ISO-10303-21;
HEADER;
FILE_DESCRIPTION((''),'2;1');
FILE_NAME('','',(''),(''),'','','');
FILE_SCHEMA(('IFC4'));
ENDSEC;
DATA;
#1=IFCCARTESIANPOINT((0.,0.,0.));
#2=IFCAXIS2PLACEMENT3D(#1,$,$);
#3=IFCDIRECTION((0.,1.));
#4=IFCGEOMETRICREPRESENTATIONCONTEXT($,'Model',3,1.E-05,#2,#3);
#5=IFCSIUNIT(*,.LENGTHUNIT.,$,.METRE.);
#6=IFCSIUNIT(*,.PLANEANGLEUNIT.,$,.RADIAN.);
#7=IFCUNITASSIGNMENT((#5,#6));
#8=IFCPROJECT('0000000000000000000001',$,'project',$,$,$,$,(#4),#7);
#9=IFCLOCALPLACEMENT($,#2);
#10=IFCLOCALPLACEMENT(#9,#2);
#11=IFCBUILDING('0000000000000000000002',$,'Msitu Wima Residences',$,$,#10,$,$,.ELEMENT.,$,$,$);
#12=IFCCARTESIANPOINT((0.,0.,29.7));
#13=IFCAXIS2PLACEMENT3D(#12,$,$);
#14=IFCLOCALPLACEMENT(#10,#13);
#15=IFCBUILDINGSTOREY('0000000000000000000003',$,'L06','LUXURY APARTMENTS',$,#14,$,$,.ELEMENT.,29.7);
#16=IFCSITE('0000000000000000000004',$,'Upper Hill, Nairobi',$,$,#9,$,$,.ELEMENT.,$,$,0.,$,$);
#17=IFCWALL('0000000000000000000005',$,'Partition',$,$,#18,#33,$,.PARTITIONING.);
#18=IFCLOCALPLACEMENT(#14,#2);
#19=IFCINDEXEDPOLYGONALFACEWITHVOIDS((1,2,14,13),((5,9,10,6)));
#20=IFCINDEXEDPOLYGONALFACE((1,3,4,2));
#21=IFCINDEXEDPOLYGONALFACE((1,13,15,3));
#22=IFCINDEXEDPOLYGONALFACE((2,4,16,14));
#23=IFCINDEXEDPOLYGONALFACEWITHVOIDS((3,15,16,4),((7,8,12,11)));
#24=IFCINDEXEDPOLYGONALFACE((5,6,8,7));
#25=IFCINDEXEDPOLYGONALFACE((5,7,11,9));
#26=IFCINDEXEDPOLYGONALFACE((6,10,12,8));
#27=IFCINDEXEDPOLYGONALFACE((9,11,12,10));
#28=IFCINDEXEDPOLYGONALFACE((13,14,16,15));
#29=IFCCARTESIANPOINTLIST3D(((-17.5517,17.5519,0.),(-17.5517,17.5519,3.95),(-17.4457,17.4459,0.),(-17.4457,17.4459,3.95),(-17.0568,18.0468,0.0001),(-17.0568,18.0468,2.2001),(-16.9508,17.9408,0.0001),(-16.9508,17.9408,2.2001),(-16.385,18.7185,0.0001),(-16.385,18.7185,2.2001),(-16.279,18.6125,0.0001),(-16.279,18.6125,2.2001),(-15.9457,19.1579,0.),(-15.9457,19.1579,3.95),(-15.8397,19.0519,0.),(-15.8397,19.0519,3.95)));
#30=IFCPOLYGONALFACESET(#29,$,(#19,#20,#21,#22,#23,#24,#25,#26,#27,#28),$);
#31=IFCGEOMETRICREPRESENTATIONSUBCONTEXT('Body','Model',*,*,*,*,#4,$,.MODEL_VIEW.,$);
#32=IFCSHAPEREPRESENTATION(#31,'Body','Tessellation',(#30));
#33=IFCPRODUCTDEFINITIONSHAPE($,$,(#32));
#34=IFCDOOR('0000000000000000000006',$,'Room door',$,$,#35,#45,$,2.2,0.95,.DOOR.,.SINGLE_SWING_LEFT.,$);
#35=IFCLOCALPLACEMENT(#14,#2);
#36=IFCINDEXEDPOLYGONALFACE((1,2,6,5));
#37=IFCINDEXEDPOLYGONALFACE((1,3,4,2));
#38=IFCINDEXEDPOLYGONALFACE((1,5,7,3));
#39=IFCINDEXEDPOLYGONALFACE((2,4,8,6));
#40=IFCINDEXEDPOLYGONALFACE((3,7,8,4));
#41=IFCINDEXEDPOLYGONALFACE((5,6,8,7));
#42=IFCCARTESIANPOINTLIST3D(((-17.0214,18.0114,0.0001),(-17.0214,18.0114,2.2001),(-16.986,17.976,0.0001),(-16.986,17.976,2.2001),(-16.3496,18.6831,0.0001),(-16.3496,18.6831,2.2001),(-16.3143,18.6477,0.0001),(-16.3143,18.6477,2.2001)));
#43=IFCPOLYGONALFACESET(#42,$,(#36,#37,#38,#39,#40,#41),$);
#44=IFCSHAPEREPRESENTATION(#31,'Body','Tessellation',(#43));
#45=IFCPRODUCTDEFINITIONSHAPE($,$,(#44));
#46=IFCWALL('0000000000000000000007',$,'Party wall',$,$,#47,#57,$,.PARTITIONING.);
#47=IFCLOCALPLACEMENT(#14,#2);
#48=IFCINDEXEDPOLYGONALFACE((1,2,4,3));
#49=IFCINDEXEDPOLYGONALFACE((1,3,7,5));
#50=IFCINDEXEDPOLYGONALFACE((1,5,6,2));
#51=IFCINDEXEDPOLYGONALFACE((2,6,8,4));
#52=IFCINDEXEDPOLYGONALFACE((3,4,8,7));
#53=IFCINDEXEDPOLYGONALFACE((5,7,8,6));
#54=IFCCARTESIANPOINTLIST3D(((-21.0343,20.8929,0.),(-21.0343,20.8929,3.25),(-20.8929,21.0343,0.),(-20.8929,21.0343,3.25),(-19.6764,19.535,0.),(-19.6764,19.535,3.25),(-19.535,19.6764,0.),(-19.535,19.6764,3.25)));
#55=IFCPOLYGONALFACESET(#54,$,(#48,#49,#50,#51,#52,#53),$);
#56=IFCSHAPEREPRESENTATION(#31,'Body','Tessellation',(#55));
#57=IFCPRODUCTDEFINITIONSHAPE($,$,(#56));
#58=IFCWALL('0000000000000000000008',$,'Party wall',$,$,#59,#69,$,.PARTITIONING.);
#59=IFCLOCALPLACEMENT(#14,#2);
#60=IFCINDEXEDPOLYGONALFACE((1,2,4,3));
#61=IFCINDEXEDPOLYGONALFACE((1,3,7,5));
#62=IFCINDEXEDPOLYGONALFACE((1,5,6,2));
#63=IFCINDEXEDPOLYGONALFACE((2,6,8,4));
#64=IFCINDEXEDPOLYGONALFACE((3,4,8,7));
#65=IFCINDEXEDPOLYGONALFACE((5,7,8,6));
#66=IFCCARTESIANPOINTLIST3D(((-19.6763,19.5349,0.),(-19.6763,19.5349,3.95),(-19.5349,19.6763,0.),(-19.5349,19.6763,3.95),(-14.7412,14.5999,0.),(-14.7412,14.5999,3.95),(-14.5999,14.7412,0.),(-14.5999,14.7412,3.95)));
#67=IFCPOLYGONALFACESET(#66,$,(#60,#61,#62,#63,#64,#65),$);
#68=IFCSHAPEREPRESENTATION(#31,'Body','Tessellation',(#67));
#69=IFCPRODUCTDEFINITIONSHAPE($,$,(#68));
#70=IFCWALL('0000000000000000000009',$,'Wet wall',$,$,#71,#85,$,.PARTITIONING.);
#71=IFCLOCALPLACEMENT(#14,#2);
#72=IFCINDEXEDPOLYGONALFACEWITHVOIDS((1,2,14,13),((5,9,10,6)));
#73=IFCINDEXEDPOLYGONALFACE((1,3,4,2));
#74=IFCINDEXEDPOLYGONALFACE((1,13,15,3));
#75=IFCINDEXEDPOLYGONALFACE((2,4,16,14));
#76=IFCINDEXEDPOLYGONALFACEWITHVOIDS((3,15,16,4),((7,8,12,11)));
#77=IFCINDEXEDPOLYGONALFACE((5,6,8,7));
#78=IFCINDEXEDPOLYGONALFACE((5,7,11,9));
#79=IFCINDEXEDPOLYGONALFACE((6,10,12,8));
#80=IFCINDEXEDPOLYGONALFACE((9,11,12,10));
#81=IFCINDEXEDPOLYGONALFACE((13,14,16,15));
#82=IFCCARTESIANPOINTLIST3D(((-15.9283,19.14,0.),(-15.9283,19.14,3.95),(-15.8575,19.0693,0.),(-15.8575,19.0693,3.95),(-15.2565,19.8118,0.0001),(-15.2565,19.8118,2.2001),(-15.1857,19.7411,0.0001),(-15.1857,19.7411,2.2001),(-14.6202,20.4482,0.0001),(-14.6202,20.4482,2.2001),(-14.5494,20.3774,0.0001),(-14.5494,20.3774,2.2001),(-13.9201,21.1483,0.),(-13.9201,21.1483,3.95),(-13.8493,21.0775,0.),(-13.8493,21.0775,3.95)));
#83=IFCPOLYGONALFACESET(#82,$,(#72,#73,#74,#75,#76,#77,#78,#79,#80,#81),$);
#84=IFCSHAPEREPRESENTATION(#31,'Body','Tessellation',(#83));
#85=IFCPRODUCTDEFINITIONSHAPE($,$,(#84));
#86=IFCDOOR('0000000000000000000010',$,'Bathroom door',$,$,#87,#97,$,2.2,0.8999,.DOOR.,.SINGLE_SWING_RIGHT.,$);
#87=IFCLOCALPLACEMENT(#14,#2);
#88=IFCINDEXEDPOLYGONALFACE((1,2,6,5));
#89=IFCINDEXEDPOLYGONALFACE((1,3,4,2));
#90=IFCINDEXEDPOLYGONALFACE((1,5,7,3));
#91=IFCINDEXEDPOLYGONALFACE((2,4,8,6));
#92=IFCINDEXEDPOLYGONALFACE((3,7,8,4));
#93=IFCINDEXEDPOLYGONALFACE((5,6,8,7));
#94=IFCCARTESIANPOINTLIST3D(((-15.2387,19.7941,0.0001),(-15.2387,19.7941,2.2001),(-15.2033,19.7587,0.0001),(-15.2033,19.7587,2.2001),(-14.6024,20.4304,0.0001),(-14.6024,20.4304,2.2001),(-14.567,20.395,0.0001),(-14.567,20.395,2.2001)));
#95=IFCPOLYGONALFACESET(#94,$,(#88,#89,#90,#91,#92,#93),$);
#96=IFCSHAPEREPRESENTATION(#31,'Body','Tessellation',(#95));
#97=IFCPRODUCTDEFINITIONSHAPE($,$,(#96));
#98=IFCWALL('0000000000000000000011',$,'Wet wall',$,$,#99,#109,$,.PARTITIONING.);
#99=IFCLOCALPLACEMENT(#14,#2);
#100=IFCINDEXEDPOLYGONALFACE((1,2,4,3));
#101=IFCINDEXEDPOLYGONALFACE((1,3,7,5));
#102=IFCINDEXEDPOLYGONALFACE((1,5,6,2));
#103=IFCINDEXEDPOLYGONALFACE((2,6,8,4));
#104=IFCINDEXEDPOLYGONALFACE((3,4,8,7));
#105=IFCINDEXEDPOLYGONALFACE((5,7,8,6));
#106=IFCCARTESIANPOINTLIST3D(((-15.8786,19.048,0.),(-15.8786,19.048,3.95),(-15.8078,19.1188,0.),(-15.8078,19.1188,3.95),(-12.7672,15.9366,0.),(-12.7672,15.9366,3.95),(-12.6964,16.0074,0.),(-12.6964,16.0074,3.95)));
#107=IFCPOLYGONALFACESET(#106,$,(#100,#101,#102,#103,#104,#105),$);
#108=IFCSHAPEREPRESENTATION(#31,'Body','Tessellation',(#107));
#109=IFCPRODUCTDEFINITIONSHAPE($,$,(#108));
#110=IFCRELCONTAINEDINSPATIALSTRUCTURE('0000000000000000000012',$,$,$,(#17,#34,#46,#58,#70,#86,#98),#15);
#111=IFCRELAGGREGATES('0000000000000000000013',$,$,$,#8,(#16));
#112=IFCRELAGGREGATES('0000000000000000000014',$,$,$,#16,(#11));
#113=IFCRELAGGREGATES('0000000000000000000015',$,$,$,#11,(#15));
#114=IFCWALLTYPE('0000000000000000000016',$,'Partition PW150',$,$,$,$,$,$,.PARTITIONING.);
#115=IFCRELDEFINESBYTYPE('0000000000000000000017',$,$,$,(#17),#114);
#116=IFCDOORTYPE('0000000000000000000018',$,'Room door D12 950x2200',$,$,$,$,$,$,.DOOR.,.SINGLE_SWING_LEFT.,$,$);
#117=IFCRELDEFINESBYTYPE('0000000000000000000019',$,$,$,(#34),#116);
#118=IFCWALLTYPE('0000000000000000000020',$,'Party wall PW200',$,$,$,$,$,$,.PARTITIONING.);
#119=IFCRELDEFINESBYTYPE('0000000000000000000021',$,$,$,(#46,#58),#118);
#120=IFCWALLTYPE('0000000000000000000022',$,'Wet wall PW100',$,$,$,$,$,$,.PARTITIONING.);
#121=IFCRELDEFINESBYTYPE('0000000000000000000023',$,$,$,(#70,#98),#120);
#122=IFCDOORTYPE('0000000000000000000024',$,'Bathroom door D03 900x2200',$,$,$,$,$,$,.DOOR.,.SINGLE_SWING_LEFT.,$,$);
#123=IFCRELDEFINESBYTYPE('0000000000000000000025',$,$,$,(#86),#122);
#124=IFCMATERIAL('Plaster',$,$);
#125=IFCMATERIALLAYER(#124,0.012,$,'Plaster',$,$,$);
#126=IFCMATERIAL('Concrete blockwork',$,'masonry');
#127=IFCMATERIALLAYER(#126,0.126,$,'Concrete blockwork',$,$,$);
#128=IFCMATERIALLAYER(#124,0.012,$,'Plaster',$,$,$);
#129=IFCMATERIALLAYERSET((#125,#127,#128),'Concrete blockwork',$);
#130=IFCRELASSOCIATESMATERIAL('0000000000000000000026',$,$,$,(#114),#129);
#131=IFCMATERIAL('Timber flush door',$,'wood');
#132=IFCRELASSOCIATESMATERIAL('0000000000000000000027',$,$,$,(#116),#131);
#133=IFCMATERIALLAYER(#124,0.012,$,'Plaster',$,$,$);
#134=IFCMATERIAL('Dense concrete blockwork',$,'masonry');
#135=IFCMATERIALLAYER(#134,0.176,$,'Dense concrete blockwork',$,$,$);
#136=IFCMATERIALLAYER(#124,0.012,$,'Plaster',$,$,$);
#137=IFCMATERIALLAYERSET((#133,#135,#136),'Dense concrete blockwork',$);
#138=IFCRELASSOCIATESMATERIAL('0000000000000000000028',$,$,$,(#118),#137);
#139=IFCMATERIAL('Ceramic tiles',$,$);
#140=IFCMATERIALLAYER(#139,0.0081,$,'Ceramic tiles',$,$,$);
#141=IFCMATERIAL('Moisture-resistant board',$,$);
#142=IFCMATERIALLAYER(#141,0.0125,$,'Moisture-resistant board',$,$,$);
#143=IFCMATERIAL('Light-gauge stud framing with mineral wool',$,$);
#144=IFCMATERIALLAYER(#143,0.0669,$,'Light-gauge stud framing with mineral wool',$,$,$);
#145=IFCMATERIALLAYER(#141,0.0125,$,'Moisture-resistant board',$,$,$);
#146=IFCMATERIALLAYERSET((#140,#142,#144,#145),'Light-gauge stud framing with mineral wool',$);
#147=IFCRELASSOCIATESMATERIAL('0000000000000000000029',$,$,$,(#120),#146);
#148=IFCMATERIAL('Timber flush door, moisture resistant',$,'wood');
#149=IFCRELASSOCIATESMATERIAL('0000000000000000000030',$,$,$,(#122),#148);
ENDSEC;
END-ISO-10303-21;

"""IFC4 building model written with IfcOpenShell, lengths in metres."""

from ifc_helpers import new_model, si_unit, direction, frame, frame_2d, origin, place, context, subcontext, project, spatial, rectangle, extrude, material, layer, layer_set, type_object, element, fill, save


model = new_model("IFC4")

# Units and contexts
model_context = context("Model", 3, precision=1e-05, world=origin(), true_north=direction((0.0, 1.0)))
body_context = subcontext(model_context, "Body", "Model", "MODEL_VIEW")
ifc_project = project(units=[si_unit("LENGTHUNIT", "METRE"), si_unit("PLANEANGLEUNIT", "RADIAN")], contexts=[model_context])

# Site, building, storey
site_placement = place(None, origin())
site = spatial("IfcSite", under=ifc_project, at=site_placement, Name="Upper Hill, Nairobi", CompositionType="ELEMENT", RefElevation=0.0)
building_placement = place(site_placement, origin())
building = spatial("IfcBuilding", under=site, at=building_placement, Name="Msitu Wima Residences", CompositionType="ELEMENT")
storey_placement = place(building_placement, frame((0.0, 0.0, 29.7)))
storey = spatial("IfcBuildingStorey", under=building, at=storey_placement, Name="L06", Description="LUXURY APARTMENTS", CompositionType="ELEMENT", Elevation=29.7)

# Shared definitions
ifc_material_1 = material(Name="Plaster")
ifc_material_2 = material(Name="Concrete blockwork", Category="masonry")

# Shared definitions
ifc_layer_1 = layer(ifc_material_1, 0.012, Name="Plaster")
ifc_layer_2 = layer(ifc_material_2, 0.126, Name="Concrete blockwork")
ifc_layer_3 = layer(ifc_material_1, 0.012, Name="Plaster")
ifc_layer_set_1 = layer_set([ifc_layer_1, ifc_layer_2, ifc_layer_3], Name="Concrete blockwork")
wall_type_1 = type_object("IfcWallType", Name="Partition PW150", PredefinedType="PARTITIONING", material=ifc_layer_set_1)

# Wall, opening, door
wall_1_placement = place(storey_placement, frame((-17.4988, 17.4988, 0.0), z_axis=(0.0, 0.0, 1.0), x_axis=(0.707107, 0.707107, 0.0)))
wall_1 = element("IfcWall", 1, at=wall_1_placement, inside=storey, type_object=wall_type_1, Name="Partition", PredefinedType="PARTITIONING", context=body_context, shape_type="SweptSolid", body=[
    extrude(rectangle(XDim=2.2712, YDim=0.1499, at=frame_2d((1.1357, 0.0))), origin(), (0.0, 0.0, 1.0), 3.95),
])
opening_1_placement = place(wall_1_placement, frame((0.7, 0.0, 0.0)))
opening_1 = element("IfcOpeningElement", 2, at=opening_1_placement, cuts=wall_1, PredefinedType="OPENING", context=body_context, shape_type="SweptSolid", body=[
    extrude(rectangle(XDim=0.95, YDim=2.2, at=frame_2d((0.4751, 1.1001))), frame((0.0, 0.085, 0.0), z_axis=(0.0, -1.0, 0.0), x_axis=(1.0, 0.0, 0.0)), (0.0, 0.0, 1.0), 0.1699),
])
ifc_material_3 = material(Name="Timber flush door", Category="wood")
door_type_1 = type_object("IfcDoorType", Name="Room door D12 950x2200", OperationType="SINGLE_SWING_LEFT", PredefinedType="DOOR", material=ifc_material_3)
door_1_placement = place(opening_1_placement, origin())
door_1 = element("IfcDoor", 3, at=door_1_placement, inside=storey, type_object=door_type_1, Name="Room door", OperationType="SINGLE_SWING_LEFT", OverallHeight=2.2, OverallWidth=0.95, PredefinedType="DOOR", context=body_context, shape_type="SweptSolid", body=[
    extrude(rectangle(XDim=0.95, YDim=2.2, at=frame_2d((0.4751, 1.1001))), frame((0.0, 0.0249, 0.0), z_axis=(0.0, -1.0, 0.0), x_axis=(1.0, 0.0, 0.0)), (0.0, 0.0, 1.0), 0.05),
])
fill(opening_1, door_1)

# Walls
ifc_layer_4 = layer(ifc_material_1, 0.012, Name="Plaster")
ifc_material_4 = material(Name="Dense concrete blockwork", Category="masonry")
ifc_layer_5 = layer(ifc_material_4, 0.176, Name="Dense concrete blockwork")
ifc_layer_6 = layer(ifc_material_1, 0.012, Name="Plaster")
ifc_layer_set_2 = layer_set([ifc_layer_4, ifc_layer_5, ifc_layer_6], Name="Dense concrete blockwork")
wall_type_2 = type_object("IfcWallType", Name="Party wall PW200", PredefinedType="PARTITIONING", material=ifc_layer_set_2)
wall_2_placement = place(storey_placement, frame((-20.9636, 20.9636, 0.0), z_axis=(0.0, 0.0, 1.0), x_axis=(0.707107, -0.707107, 0.0)))
element("IfcWall", 4, at=wall_2_placement, inside=storey, type_object=wall_type_2, Name="Party wall", PredefinedType="PARTITIONING", context=body_context, shape_type="SweptSolid", body=[
    extrude(rectangle(XDim=1.9204, YDim=0.2, at=frame_2d((0.9602, 0.0))), origin(), (0.0, 0.0, 1.0), 3.25),
])
wall_3_placement = place(storey_placement, frame((-19.6057, 19.6057, 0.0), z_axis=(0.0, 0.0, 1.0), x_axis=(0.707107, -0.707107, 0.0)))
element("IfcWall", 5, at=wall_3_placement, inside=storey, type_object=wall_type_2, Name="Party wall", PredefinedType="PARTITIONING", context=body_context, shape_type="SweptSolid", body=[
    extrude(rectangle(XDim=6.9792, YDim=0.2, at=frame_2d((3.4897, 0.0))), origin(), (0.0, 0.0, 1.0), 3.95),
])

# Wall, opening, door
ifc_material_5 = material(Name="Ceramic tiles")
ifc_layer_7 = layer(ifc_material_5, 0.0081, Name="Ceramic tiles")
ifc_material_6 = material(Name="Moisture-resistant board")
ifc_layer_8 = layer(ifc_material_6, 0.0125, Name="Moisture-resistant board")
ifc_material_7 = material(Name="Light-gauge stud framing with mineral wool")
ifc_layer_9 = layer(ifc_material_7, 0.0669, Name="Light-gauge stud framing with mineral wool")
ifc_layer_10 = layer(ifc_material_6, 0.0125, Name="Moisture-resistant board")
ifc_layer_set_3 = layer_set([ifc_layer_7, ifc_layer_8, ifc_layer_9, ifc_layer_10], Name="Light-gauge stud framing with mineral wool")
wall_type_3 = type_object("IfcWallType", Name="Wet wall PW100", PredefinedType="PARTITIONING", material=ifc_layer_set_3)
wall_4_placement = place(storey_placement, frame((-15.8928, 19.1047, 0.0), z_axis=(0.0, 0.0, 1.0), x_axis=(0.707107, 0.707107, 0.0)))
wall_4 = element("IfcWall", 6, at=wall_4_placement, inside=storey, type_object=wall_type_3, Name="Wet wall", PredefinedType="PARTITIONING", context=body_context, shape_type="SweptSolid", body=[
    extrude(rectangle(XDim=2.8401, YDim=0.1001, at=frame_2d((1.4199, 0.0))), origin(), (0.0, 0.0, 1.0), 3.95),
])
opening_2_placement = place(wall_4_placement, frame((0.95, 0.0, 0.0)))
opening_2 = element("IfcOpeningElement", 7, at=opening_2_placement, cuts=wall_4, PredefinedType="OPENING", context=body_context, shape_type="SweptSolid", body=[
    extrude(rectangle(XDim=0.8999, YDim=2.2, at=frame_2d((0.45, 1.1001))), frame((0.0, 0.0601, 0.0), z_axis=(0.0, -1.0, 0.0), x_axis=(1.0, 0.0, 0.0)), (0.0, 0.0, 1.0), 0.1201),
])
ifc_material_8 = material(Name="Timber flush door, moisture resistant", Category="wood")
door_type_2 = type_object("IfcDoorType", Name="Bathroom door D03 900x2200", OperationType="SINGLE_SWING_LEFT", PredefinedType="DOOR", material=ifc_material_8)
door_2_placement = place(opening_2_placement, origin())
door_2 = element("IfcDoor", 8, at=door_2_placement, inside=storey, type_object=door_type_2, Name="Bathroom door", OperationType="SINGLE_SWING_RIGHT", OverallHeight=2.2, OverallWidth=0.8999, PredefinedType="DOOR", context=body_context, shape_type="SweptSolid", body=[
    extrude(rectangle(XDim=0.8999, YDim=2.2, at=frame_2d((0.45, 1.1001))), frame((0.0, 0.0249, 0.0), z_axis=(0.0, -1.0, 0.0), x_axis=(1.0, 0.0, 0.0)), (0.0, 0.0, 1.0), 0.05),
])
fill(opening_2, door_2)

# Wall
wall_5_placement = place(storey_placement, frame((-15.8433, 19.0835, 0.0), z_axis=(0.0, 0.0, 1.0), x_axis=(0.707107, -0.707107, 0.0)))
element("IfcWall", 9, at=wall_5_placement, inside=storey, type_object=wall_type_3, Name="Wet wall", PredefinedType="PARTITIONING", context=body_context, shape_type="SweptSolid", body=[
    extrude(rectangle(XDim=4.4001, YDim=0.1001, at=frame_2d((2.2002, 0.0))), origin(), (0.0, 0.0, 1.0), 3.95),
])

save(model, "model.ifc")
